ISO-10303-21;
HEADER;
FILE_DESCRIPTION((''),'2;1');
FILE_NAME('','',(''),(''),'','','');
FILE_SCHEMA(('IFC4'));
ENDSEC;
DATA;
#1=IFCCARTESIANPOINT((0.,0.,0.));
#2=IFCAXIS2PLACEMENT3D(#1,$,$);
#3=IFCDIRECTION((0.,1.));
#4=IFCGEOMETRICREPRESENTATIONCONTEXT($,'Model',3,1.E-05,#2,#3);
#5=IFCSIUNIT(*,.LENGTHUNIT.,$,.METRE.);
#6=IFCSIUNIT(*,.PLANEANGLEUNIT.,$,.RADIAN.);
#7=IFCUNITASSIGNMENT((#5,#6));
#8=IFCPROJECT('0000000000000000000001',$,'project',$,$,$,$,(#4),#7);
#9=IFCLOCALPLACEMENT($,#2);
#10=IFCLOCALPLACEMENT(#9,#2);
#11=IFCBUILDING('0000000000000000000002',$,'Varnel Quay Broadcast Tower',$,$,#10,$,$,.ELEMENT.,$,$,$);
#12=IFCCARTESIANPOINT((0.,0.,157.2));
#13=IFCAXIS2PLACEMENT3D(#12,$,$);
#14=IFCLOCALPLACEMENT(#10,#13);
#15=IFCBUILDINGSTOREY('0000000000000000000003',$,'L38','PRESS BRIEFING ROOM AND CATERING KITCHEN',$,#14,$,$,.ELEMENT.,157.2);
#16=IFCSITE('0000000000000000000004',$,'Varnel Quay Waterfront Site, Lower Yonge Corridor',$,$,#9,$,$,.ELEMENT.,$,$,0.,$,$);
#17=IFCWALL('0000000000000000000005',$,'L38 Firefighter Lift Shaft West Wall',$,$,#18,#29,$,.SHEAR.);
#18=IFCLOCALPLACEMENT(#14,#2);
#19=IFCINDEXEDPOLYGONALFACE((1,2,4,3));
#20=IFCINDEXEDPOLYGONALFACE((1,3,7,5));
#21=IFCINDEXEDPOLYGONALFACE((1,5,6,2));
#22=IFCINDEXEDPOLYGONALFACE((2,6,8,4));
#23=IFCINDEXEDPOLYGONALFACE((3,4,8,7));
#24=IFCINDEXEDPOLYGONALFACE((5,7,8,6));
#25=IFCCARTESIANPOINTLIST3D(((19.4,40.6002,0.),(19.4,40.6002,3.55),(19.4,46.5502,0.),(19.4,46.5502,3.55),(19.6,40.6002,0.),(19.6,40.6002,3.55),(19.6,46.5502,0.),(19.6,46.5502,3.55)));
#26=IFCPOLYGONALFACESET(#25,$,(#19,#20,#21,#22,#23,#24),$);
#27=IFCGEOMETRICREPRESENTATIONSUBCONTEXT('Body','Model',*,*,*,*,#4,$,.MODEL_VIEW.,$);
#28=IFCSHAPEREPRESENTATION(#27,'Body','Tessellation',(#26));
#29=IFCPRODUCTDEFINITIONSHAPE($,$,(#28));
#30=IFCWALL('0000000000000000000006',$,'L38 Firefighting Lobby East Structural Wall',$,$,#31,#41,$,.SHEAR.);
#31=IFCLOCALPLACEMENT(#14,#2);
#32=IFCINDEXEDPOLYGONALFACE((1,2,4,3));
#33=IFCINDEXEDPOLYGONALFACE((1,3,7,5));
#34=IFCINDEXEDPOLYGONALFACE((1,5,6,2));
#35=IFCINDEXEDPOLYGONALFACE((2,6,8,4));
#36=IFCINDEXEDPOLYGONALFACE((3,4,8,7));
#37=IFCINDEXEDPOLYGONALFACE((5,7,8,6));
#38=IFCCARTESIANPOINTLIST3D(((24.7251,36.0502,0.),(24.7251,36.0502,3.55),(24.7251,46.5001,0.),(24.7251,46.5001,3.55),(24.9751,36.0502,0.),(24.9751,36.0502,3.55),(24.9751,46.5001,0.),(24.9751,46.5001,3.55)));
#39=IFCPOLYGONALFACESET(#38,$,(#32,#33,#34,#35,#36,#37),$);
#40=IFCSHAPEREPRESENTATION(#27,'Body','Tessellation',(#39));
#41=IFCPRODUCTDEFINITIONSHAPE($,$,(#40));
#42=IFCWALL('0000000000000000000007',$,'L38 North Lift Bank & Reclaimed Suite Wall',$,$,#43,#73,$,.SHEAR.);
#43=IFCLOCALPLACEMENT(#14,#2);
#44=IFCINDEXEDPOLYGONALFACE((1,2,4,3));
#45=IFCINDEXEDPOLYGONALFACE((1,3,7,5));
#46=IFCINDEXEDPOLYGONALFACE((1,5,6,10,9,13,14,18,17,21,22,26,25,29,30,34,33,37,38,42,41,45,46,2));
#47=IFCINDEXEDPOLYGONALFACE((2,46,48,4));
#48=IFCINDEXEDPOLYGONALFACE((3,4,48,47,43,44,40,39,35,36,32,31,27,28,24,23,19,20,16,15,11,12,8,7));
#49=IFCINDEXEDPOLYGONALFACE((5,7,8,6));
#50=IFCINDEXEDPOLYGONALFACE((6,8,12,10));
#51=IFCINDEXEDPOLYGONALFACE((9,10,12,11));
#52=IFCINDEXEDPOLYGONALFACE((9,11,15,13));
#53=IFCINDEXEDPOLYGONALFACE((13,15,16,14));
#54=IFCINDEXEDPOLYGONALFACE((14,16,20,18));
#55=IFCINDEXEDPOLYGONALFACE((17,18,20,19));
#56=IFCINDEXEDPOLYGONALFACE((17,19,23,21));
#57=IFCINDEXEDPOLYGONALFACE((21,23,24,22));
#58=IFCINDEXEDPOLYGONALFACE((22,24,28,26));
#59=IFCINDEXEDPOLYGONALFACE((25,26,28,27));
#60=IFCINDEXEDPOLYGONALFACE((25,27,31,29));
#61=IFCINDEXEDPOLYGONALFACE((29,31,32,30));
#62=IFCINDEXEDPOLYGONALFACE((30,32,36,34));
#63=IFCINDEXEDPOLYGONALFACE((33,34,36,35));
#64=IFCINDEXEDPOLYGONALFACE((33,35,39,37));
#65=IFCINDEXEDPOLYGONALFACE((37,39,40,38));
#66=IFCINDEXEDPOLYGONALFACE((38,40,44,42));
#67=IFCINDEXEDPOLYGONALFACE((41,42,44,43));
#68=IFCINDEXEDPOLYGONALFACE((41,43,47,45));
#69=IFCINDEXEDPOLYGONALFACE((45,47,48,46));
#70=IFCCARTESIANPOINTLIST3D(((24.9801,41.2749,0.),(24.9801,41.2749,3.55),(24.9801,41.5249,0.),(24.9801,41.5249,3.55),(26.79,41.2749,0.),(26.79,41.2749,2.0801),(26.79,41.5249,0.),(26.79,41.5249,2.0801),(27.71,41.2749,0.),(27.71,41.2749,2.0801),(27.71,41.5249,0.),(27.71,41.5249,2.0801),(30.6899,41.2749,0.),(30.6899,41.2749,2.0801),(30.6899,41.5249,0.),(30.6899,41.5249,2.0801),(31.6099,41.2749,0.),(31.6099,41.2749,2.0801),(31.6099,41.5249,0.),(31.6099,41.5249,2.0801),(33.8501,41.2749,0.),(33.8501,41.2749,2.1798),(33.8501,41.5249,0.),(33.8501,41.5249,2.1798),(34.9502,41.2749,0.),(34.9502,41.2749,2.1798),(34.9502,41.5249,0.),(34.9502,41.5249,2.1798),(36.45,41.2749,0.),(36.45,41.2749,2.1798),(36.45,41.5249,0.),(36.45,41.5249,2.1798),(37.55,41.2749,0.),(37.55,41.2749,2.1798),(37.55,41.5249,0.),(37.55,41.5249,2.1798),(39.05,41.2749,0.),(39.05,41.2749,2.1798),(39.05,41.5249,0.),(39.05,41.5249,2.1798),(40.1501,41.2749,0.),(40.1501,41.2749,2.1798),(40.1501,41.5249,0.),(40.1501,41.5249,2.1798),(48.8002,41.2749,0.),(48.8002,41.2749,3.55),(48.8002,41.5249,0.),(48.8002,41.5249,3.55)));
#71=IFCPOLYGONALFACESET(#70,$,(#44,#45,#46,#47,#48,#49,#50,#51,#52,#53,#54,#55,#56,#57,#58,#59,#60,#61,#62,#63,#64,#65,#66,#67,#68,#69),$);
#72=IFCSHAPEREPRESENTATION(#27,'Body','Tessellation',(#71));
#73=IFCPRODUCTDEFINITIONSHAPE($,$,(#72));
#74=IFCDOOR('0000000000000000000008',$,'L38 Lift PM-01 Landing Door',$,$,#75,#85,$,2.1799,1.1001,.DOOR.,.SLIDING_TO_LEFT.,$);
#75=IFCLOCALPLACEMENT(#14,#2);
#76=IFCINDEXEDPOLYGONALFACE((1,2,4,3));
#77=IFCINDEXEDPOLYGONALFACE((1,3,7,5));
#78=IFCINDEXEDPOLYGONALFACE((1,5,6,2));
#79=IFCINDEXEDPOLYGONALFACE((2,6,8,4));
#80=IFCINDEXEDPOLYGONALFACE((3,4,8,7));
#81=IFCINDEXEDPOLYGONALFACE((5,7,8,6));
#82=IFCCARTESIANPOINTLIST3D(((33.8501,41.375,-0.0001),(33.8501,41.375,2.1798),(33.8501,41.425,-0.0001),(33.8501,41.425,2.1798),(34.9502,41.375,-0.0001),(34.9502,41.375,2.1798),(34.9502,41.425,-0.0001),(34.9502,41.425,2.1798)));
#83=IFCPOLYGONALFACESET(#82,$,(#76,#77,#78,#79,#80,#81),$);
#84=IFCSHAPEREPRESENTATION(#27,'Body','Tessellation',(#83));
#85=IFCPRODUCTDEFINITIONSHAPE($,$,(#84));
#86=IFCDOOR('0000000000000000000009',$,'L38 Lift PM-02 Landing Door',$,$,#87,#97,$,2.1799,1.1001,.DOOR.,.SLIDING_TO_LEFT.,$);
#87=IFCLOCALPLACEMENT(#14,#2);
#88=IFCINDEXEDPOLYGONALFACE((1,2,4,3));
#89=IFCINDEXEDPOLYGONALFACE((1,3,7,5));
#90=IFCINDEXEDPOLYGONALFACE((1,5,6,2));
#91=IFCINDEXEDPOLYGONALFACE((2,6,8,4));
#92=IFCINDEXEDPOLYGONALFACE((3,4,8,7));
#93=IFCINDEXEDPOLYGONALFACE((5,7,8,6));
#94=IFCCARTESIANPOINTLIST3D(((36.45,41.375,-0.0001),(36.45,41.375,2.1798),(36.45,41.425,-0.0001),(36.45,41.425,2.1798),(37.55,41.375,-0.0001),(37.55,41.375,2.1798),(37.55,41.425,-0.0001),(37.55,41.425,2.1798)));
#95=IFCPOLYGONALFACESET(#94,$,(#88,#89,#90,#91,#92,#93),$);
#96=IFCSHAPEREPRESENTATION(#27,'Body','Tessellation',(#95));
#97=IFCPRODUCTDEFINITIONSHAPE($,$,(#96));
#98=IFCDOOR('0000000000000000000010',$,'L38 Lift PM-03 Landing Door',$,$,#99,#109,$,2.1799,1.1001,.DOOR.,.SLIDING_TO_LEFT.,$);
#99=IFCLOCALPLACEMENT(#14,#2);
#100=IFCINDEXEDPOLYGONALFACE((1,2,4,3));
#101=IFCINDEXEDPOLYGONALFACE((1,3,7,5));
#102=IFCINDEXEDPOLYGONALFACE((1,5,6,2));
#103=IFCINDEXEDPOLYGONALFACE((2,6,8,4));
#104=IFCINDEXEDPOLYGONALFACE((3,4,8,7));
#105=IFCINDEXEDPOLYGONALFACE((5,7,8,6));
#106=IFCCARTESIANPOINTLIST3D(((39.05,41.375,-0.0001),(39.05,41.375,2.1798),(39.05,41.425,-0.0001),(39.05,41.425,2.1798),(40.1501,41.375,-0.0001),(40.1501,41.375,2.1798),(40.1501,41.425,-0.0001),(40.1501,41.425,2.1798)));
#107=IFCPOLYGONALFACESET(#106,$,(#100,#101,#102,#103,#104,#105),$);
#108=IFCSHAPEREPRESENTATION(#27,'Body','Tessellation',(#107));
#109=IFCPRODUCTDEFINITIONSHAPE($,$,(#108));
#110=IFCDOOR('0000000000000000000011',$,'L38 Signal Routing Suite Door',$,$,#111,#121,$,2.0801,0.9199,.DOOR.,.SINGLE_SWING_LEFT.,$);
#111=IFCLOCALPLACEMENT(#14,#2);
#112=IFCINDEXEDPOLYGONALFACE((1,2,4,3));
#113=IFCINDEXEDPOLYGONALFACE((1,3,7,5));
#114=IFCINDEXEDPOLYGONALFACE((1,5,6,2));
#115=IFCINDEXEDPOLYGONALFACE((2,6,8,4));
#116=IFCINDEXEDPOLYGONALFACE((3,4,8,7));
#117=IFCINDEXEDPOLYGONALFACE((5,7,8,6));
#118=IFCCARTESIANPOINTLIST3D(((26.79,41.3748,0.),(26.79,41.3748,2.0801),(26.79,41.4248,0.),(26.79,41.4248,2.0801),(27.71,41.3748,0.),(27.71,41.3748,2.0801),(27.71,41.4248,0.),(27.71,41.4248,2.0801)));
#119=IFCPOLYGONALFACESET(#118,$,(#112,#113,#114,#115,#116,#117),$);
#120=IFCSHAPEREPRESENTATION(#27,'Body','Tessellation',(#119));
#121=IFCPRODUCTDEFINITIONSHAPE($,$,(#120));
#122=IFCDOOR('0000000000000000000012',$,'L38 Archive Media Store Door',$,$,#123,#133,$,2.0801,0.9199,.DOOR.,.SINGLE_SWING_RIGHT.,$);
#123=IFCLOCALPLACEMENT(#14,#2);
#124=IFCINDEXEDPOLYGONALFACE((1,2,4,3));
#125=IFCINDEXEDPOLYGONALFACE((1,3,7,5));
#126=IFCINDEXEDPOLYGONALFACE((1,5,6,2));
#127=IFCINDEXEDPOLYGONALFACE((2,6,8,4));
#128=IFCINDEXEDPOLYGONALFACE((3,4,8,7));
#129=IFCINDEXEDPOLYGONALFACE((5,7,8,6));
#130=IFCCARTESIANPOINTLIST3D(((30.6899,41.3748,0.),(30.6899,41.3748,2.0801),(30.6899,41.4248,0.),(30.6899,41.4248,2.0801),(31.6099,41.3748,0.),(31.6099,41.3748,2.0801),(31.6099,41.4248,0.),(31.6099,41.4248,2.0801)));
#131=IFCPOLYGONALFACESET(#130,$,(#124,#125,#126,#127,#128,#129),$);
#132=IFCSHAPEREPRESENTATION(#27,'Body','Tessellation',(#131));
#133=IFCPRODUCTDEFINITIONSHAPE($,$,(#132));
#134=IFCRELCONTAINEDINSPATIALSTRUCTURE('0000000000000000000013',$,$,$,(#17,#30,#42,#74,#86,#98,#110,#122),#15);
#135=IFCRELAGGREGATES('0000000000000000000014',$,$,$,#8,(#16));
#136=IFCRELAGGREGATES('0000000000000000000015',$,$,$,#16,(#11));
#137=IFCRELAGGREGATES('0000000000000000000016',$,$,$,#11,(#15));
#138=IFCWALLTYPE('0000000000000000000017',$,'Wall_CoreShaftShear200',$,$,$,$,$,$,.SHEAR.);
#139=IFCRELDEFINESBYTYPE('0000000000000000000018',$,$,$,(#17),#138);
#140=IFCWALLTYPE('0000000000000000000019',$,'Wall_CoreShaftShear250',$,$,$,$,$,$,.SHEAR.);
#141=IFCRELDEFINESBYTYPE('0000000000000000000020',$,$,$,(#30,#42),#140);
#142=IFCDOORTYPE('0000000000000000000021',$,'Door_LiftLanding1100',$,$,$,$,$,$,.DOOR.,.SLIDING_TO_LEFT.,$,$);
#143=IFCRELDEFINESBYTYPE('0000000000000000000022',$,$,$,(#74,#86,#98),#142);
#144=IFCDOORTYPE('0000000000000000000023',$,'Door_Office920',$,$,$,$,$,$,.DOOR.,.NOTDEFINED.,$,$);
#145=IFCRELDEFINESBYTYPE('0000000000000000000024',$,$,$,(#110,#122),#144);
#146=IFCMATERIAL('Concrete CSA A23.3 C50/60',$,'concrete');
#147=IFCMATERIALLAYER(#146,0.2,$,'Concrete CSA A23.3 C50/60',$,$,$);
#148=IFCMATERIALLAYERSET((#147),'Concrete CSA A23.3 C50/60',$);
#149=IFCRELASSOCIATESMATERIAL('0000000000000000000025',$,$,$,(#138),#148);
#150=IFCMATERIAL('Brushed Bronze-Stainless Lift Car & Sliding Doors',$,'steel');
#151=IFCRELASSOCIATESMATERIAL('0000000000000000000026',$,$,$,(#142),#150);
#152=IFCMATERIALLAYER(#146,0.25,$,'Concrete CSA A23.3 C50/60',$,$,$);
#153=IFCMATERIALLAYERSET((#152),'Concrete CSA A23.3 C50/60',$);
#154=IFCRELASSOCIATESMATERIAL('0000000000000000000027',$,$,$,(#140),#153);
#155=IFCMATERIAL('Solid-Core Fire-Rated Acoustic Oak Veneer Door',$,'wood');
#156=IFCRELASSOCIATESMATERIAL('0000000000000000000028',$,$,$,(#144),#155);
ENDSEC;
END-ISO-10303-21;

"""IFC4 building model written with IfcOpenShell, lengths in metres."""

from ifc_helpers import new_model, si_unit, direction, frame, frame_2d, origin, place, context, subcontext, project, spatial, rectangle, extrude, source, transform, mapped, material, layer, layer_set, type_object, type_shapes, element, fill, save


model = new_model("IFC4")

# Units and contexts
model_context = context("Model", 3, precision=1e-05, world=origin(), true_north=direction((0.0, 1.0)))
body_context = subcontext(model_context, "Body", "Model", "MODEL_VIEW")
ifc_project = project(units=[si_unit("LENGTHUNIT", "METRE"), si_unit("PLANEANGLEUNIT", "RADIAN")], contexts=[model_context])

# Site, building, storey
site_placement = place(None, origin())
site = spatial("IfcSite", under=ifc_project, at=site_placement, Name="Varnel Quay Waterfront Site, Lower Yonge Corridor", CompositionType="ELEMENT", RefElevation=0.0)
building_placement = place(site_placement, origin())
building = spatial("IfcBuilding", under=site, at=building_placement, Name="Varnel Quay Broadcast Tower", CompositionType="ELEMENT")
storey_placement = place(building_placement, frame((0.0, 0.0, 157.2)))
storey = spatial("IfcBuildingStorey", under=building, at=storey_placement, Name="L38", Description="PRESS BRIEFING ROOM AND CATERING KITCHEN", CompositionType="ELEMENT", Elevation=157.2)

# Shared definitions
ifc_material_1 = material(Name="Concrete CSA A23.3 C50/60", Category="concrete")
ifc_layer_1 = layer(ifc_material_1, 0.2, Name="Concrete CSA A23.3 C50/60")
ifc_layer_set_1 = layer_set([ifc_layer_1], Name="Concrete CSA A23.3 C50/60")
wall_type_1 = type_object("IfcWallType", Name="Wall_CoreShaftShear200", PredefinedType="SHEAR", material=ifc_layer_set_1)

# Shared definitions
ifc_material_2 = material(Name="Brushed Bronze-Stainless Lift Car & Sliding Doors", Category="steel")
door_type_1 = type_object("IfcDoorType", Name="Door_LiftLanding1100", OperationType="SLIDING_TO_LEFT", PredefinedType="DOOR", material=ifc_material_2)
shared_shape_1 = source(origin(), body_context, "Body", "SweptSolid", [
    extrude(rectangle(XDim=1.1001, YDim=2.1799, at=frame_2d((0.55, 1.0898))), frame((0.0, 0.0249, 0.0), z_axis=(0.0, -1.0, 0.0), x_axis=(1.0, 0.0, 0.0)), (0.0, 0.0, 1.0), 0.05),
])
type_shapes(door_type_1, [shared_shape_1])

# Walls
wall_1_placement = place(storey_placement, frame((19.5, 40.6001, 0.0), z_axis=(0.0, 0.0, 1.0), x_axis=(0.0, 1.0, 0.0)))
element("IfcWall", 1, at=wall_1_placement, inside=storey, type_object=wall_type_1, Name="L38 Firefighter Lift Shaft West Wall", PredefinedType="SHEAR", context=body_context, shape_type="SweptSolid", body=[
    extrude(rectangle(XDim=5.95, YDim=0.2, at=frame_2d((2.9751, 0.0))), origin(), (0.0, 0.0, 1.0), 3.55),
])
ifc_layer_2 = layer(ifc_material_1, 0.25, Name="Concrete CSA A23.3 C50/60")
ifc_layer_set_2 = layer_set([ifc_layer_2], Name="Concrete CSA A23.3 C50/60")
wall_type_2 = type_object("IfcWallType", Name="Wall_CoreShaftShear250", PredefinedType="SHEAR", material=ifc_layer_set_2)
wall_2_placement = place(storey_placement, frame((24.8501, 36.05, 0.0), z_axis=(0.0, 0.0, 1.0), x_axis=(0.0, 1.0, 0.0)))
element("IfcWall", 2, at=wall_2_placement, inside=storey, type_object=wall_type_2, Name="L38 Firefighting Lobby East Structural Wall", PredefinedType="SHEAR", context=body_context, shape_type="SweptSolid", body=[
    extrude(rectangle(XDim=10.45, YDim=0.25, at=frame_2d((5.2251, 0.0))), origin(), (0.0, 0.0, 1.0), 3.55),
])

# Wall, openings, doors
wall_3_placement = place(storey_placement, frame((24.98, 41.3999, 0.0), z_axis=(0.0, 0.0, 1.0), x_axis=(1.0, 0.0, 0.0)))
wall_3 = element("IfcWall", 3, at=wall_3_placement, inside=storey, type_object=wall_type_2, Name="L38 North Lift Bank & Reclaimed Suite Wall", PredefinedType="SHEAR", context=body_context, shape_type="SweptSolid", body=[
    extrude(rectangle(XDim=23.8201, YDim=0.25, at=frame_2d((11.9102, 0.0))), origin(), (0.0, 0.0, 1.0), 3.55),
])
opening_1_placement = place(wall_3_placement, frame((8.8701, 0.0, 0.0)))
opening_1 = element("IfcOpeningElement", 4, at=opening_1_placement, cuts=wall_3, PredefinedType="OPENING", context=body_context, shape_type="SweptSolid", body=[
    extrude(rectangle(XDim=1.1001, YDim=2.1799, at=frame_2d((0.55, 1.0898))), frame((0.0, 0.135, 0.0), z_axis=(0.0, -1.0, 0.0), x_axis=(1.0, 0.0, 0.0)), (0.0, 0.0, 1.0), 0.27),
])
opening_2_placement = place(wall_3_placement, frame((11.47, 0.0, 0.0)))
opening_2 = element("IfcOpeningElement", 5, at=opening_2_placement, cuts=wall_3, PredefinedType="OPENING", context=body_context, shape_type="SweptSolid", body=[
    extrude(rectangle(XDim=1.1001, YDim=2.1799, at=frame_2d((0.55, 1.0898))), frame((0.0, 0.135, 0.0), z_axis=(0.0, -1.0, 0.0), x_axis=(1.0, 0.0, 0.0)), (0.0, 0.0, 1.0), 0.27),
])
opening_3_placement = place(wall_3_placement, frame((14.0701, 0.0, 0.0)))
opening_3 = element("IfcOpeningElement", 6, at=opening_3_placement, cuts=wall_3, PredefinedType="OPENING", context=body_context, shape_type="SweptSolid", body=[
    extrude(rectangle(XDim=1.1001, YDim=2.1799, at=frame_2d((0.55, 1.0898))), frame((0.0, 0.135, 0.0), z_axis=(0.0, -1.0, 0.0), x_axis=(1.0, 0.0, 0.0)), (0.0, 0.0, 1.0), 0.27),
])
opening_4_placement = place(wall_3_placement, frame((1.8101, 0.0, 0.0)))
opening_4 = element("IfcOpeningElement", 7, at=opening_4_placement, cuts=wall_3, PredefinedType="OPENING", context=body_context, shape_type="SweptSolid", body=[
    extrude(rectangle(XDim=0.9199, YDim=2.0801, at=frame_2d((0.46, 1.04))), frame((0.0, 0.135, 0.0), z_axis=(0.0, -1.0, 0.0), x_axis=(1.0, 0.0, 0.0)), (0.0, 0.0, 1.0), 0.27),
])
opening_5_placement = place(wall_3_placement, frame((5.71, 0.0, 0.0)))
opening_5 = element("IfcOpeningElement", 8, at=opening_5_placement, cuts=wall_3, PredefinedType="OPENING", context=body_context, shape_type="SweptSolid", body=[
    extrude(rectangle(XDim=0.9199, YDim=2.0801, at=frame_2d((0.46, 1.04))), frame((0.0, 0.135, 0.0), z_axis=(0.0, -1.0, 0.0), x_axis=(1.0, 0.0, 0.0)), (0.0, 0.0, 1.0), 0.27),
])
door_1_placement = place(opening_1_placement, frame((1.1001, 0.0, 0.0), z_axis=(0.0, 0.0, 1.0), x_axis=(-1.0, 0.0, 0.0)))
door_1 = element("IfcDoor", 9, at=door_1_placement, inside=storey, type_object=door_type_1, Name="L38 Lift PM-01 Landing Door", OperationType="SLIDING_TO_LEFT", OverallHeight=2.1799, OverallWidth=1.1001, PredefinedType="DOOR", context=body_context, shape_type="MappedRepresentation", body=[
    mapped(shared_shape_1, transform((0.0, 0.0, 0.0), x_axis=(1.0, 0.0, 0.0), y_axis=(0.0, 1.0, 0.0), z_axis=(0.0, 0.0, 1.0), scale=1.0)),
])
fill(opening_1, door_1)
door_2_placement = place(opening_2_placement, frame((1.1001, 0.0, 0.0), z_axis=(0.0, 0.0, 1.0), x_axis=(-1.0, 0.0, 0.0)))
door_2 = element("IfcDoor", 10, at=door_2_placement, inside=storey, type_object=door_type_1, Name="L38 Lift PM-02 Landing Door", OperationType="SLIDING_TO_LEFT", OverallHeight=2.1799, OverallWidth=1.1001, PredefinedType="DOOR", context=body_context, shape_type="MappedRepresentation", body=[
    mapped(shared_shape_1, transform((0.0, 0.0, 0.0), x_axis=(1.0, 0.0, 0.0), y_axis=(0.0, 1.0, 0.0), z_axis=(0.0, 0.0, 1.0), scale=1.0)),
])
fill(opening_2, door_2)
door_3_placement = place(opening_3_placement, frame((1.1001, 0.0, 0.0), z_axis=(0.0, 0.0, 1.0), x_axis=(-1.0, 0.0, 0.0)))
door_3 = element("IfcDoor", 11, at=door_3_placement, inside=storey, type_object=door_type_1, Name="L38 Lift PM-03 Landing Door", OperationType="SLIDING_TO_LEFT", OverallHeight=2.1799, OverallWidth=1.1001, PredefinedType="DOOR", context=body_context, shape_type="MappedRepresentation", body=[
    mapped(shared_shape_1, transform((0.0, 0.0, 0.0), x_axis=(1.0, 0.0, 0.0), y_axis=(0.0, 1.0, 0.0), z_axis=(0.0, 0.0, 1.0), scale=1.0)),
])
fill(opening_3, door_3)
ifc_material_3 = material(Name="Solid-Core Fire-Rated Acoustic Oak Veneer Door", Category="wood")
door_type_2 = type_object("IfcDoorType", Name="Door_Office920", OperationType="NOTDEFINED", PredefinedType="DOOR", material=ifc_material_3)
shared_shape_2 = source(origin(), body_context, "Body", "SweptSolid", [
    extrude(rectangle(XDim=0.9199, YDim=2.0801, at=frame_2d((0.46, 1.04))), frame((0.0, 0.0249, 0.0), z_axis=(0.0, -1.0, 0.0), x_axis=(1.0, 0.0, 0.0)), (0.0, 0.0, 1.0), 0.05),
])
type_shapes(door_type_2, [shared_shape_2])
door_4_placement = place(opening_4_placement, origin())
door_4 = element("IfcDoor", 12, at=door_4_placement, inside=storey, type_object=door_type_2, Name="L38 Signal Routing Suite Door", OperationType="SINGLE_SWING_LEFT", OverallHeight=2.0801, OverallWidth=0.9199, PredefinedType="DOOR", context=body_context, shape_type="MappedRepresentation", body=[
    mapped(shared_shape_2, transform((0.0, 0.0, 0.0), x_axis=(1.0, 0.0, 0.0), y_axis=(0.0, 1.0, 0.0), z_axis=(0.0, 0.0, 1.0), scale=1.0)),
])
fill(opening_4, door_4)
door_5_placement = place(opening_5_placement, origin())
door_5 = element("IfcDoor", 13, at=door_5_placement, inside=storey, type_object=door_type_2, Name="L38 Archive Media Store Door", OperationType="SINGLE_SWING_RIGHT", OverallHeight=2.0801, OverallWidth=0.9199, PredefinedType="DOOR", context=body_context, shape_type="MappedRepresentation", body=[
    mapped(shared_shape_2, transform((0.0, 0.0, 0.0), x_axis=(1.0, 0.0, 0.0), y_axis=(0.0, 1.0, 0.0), z_axis=(0.0, 0.0, 1.0), scale=1.0)),
])
fill(opening_5, door_5)

save(model, "model.ifc")
